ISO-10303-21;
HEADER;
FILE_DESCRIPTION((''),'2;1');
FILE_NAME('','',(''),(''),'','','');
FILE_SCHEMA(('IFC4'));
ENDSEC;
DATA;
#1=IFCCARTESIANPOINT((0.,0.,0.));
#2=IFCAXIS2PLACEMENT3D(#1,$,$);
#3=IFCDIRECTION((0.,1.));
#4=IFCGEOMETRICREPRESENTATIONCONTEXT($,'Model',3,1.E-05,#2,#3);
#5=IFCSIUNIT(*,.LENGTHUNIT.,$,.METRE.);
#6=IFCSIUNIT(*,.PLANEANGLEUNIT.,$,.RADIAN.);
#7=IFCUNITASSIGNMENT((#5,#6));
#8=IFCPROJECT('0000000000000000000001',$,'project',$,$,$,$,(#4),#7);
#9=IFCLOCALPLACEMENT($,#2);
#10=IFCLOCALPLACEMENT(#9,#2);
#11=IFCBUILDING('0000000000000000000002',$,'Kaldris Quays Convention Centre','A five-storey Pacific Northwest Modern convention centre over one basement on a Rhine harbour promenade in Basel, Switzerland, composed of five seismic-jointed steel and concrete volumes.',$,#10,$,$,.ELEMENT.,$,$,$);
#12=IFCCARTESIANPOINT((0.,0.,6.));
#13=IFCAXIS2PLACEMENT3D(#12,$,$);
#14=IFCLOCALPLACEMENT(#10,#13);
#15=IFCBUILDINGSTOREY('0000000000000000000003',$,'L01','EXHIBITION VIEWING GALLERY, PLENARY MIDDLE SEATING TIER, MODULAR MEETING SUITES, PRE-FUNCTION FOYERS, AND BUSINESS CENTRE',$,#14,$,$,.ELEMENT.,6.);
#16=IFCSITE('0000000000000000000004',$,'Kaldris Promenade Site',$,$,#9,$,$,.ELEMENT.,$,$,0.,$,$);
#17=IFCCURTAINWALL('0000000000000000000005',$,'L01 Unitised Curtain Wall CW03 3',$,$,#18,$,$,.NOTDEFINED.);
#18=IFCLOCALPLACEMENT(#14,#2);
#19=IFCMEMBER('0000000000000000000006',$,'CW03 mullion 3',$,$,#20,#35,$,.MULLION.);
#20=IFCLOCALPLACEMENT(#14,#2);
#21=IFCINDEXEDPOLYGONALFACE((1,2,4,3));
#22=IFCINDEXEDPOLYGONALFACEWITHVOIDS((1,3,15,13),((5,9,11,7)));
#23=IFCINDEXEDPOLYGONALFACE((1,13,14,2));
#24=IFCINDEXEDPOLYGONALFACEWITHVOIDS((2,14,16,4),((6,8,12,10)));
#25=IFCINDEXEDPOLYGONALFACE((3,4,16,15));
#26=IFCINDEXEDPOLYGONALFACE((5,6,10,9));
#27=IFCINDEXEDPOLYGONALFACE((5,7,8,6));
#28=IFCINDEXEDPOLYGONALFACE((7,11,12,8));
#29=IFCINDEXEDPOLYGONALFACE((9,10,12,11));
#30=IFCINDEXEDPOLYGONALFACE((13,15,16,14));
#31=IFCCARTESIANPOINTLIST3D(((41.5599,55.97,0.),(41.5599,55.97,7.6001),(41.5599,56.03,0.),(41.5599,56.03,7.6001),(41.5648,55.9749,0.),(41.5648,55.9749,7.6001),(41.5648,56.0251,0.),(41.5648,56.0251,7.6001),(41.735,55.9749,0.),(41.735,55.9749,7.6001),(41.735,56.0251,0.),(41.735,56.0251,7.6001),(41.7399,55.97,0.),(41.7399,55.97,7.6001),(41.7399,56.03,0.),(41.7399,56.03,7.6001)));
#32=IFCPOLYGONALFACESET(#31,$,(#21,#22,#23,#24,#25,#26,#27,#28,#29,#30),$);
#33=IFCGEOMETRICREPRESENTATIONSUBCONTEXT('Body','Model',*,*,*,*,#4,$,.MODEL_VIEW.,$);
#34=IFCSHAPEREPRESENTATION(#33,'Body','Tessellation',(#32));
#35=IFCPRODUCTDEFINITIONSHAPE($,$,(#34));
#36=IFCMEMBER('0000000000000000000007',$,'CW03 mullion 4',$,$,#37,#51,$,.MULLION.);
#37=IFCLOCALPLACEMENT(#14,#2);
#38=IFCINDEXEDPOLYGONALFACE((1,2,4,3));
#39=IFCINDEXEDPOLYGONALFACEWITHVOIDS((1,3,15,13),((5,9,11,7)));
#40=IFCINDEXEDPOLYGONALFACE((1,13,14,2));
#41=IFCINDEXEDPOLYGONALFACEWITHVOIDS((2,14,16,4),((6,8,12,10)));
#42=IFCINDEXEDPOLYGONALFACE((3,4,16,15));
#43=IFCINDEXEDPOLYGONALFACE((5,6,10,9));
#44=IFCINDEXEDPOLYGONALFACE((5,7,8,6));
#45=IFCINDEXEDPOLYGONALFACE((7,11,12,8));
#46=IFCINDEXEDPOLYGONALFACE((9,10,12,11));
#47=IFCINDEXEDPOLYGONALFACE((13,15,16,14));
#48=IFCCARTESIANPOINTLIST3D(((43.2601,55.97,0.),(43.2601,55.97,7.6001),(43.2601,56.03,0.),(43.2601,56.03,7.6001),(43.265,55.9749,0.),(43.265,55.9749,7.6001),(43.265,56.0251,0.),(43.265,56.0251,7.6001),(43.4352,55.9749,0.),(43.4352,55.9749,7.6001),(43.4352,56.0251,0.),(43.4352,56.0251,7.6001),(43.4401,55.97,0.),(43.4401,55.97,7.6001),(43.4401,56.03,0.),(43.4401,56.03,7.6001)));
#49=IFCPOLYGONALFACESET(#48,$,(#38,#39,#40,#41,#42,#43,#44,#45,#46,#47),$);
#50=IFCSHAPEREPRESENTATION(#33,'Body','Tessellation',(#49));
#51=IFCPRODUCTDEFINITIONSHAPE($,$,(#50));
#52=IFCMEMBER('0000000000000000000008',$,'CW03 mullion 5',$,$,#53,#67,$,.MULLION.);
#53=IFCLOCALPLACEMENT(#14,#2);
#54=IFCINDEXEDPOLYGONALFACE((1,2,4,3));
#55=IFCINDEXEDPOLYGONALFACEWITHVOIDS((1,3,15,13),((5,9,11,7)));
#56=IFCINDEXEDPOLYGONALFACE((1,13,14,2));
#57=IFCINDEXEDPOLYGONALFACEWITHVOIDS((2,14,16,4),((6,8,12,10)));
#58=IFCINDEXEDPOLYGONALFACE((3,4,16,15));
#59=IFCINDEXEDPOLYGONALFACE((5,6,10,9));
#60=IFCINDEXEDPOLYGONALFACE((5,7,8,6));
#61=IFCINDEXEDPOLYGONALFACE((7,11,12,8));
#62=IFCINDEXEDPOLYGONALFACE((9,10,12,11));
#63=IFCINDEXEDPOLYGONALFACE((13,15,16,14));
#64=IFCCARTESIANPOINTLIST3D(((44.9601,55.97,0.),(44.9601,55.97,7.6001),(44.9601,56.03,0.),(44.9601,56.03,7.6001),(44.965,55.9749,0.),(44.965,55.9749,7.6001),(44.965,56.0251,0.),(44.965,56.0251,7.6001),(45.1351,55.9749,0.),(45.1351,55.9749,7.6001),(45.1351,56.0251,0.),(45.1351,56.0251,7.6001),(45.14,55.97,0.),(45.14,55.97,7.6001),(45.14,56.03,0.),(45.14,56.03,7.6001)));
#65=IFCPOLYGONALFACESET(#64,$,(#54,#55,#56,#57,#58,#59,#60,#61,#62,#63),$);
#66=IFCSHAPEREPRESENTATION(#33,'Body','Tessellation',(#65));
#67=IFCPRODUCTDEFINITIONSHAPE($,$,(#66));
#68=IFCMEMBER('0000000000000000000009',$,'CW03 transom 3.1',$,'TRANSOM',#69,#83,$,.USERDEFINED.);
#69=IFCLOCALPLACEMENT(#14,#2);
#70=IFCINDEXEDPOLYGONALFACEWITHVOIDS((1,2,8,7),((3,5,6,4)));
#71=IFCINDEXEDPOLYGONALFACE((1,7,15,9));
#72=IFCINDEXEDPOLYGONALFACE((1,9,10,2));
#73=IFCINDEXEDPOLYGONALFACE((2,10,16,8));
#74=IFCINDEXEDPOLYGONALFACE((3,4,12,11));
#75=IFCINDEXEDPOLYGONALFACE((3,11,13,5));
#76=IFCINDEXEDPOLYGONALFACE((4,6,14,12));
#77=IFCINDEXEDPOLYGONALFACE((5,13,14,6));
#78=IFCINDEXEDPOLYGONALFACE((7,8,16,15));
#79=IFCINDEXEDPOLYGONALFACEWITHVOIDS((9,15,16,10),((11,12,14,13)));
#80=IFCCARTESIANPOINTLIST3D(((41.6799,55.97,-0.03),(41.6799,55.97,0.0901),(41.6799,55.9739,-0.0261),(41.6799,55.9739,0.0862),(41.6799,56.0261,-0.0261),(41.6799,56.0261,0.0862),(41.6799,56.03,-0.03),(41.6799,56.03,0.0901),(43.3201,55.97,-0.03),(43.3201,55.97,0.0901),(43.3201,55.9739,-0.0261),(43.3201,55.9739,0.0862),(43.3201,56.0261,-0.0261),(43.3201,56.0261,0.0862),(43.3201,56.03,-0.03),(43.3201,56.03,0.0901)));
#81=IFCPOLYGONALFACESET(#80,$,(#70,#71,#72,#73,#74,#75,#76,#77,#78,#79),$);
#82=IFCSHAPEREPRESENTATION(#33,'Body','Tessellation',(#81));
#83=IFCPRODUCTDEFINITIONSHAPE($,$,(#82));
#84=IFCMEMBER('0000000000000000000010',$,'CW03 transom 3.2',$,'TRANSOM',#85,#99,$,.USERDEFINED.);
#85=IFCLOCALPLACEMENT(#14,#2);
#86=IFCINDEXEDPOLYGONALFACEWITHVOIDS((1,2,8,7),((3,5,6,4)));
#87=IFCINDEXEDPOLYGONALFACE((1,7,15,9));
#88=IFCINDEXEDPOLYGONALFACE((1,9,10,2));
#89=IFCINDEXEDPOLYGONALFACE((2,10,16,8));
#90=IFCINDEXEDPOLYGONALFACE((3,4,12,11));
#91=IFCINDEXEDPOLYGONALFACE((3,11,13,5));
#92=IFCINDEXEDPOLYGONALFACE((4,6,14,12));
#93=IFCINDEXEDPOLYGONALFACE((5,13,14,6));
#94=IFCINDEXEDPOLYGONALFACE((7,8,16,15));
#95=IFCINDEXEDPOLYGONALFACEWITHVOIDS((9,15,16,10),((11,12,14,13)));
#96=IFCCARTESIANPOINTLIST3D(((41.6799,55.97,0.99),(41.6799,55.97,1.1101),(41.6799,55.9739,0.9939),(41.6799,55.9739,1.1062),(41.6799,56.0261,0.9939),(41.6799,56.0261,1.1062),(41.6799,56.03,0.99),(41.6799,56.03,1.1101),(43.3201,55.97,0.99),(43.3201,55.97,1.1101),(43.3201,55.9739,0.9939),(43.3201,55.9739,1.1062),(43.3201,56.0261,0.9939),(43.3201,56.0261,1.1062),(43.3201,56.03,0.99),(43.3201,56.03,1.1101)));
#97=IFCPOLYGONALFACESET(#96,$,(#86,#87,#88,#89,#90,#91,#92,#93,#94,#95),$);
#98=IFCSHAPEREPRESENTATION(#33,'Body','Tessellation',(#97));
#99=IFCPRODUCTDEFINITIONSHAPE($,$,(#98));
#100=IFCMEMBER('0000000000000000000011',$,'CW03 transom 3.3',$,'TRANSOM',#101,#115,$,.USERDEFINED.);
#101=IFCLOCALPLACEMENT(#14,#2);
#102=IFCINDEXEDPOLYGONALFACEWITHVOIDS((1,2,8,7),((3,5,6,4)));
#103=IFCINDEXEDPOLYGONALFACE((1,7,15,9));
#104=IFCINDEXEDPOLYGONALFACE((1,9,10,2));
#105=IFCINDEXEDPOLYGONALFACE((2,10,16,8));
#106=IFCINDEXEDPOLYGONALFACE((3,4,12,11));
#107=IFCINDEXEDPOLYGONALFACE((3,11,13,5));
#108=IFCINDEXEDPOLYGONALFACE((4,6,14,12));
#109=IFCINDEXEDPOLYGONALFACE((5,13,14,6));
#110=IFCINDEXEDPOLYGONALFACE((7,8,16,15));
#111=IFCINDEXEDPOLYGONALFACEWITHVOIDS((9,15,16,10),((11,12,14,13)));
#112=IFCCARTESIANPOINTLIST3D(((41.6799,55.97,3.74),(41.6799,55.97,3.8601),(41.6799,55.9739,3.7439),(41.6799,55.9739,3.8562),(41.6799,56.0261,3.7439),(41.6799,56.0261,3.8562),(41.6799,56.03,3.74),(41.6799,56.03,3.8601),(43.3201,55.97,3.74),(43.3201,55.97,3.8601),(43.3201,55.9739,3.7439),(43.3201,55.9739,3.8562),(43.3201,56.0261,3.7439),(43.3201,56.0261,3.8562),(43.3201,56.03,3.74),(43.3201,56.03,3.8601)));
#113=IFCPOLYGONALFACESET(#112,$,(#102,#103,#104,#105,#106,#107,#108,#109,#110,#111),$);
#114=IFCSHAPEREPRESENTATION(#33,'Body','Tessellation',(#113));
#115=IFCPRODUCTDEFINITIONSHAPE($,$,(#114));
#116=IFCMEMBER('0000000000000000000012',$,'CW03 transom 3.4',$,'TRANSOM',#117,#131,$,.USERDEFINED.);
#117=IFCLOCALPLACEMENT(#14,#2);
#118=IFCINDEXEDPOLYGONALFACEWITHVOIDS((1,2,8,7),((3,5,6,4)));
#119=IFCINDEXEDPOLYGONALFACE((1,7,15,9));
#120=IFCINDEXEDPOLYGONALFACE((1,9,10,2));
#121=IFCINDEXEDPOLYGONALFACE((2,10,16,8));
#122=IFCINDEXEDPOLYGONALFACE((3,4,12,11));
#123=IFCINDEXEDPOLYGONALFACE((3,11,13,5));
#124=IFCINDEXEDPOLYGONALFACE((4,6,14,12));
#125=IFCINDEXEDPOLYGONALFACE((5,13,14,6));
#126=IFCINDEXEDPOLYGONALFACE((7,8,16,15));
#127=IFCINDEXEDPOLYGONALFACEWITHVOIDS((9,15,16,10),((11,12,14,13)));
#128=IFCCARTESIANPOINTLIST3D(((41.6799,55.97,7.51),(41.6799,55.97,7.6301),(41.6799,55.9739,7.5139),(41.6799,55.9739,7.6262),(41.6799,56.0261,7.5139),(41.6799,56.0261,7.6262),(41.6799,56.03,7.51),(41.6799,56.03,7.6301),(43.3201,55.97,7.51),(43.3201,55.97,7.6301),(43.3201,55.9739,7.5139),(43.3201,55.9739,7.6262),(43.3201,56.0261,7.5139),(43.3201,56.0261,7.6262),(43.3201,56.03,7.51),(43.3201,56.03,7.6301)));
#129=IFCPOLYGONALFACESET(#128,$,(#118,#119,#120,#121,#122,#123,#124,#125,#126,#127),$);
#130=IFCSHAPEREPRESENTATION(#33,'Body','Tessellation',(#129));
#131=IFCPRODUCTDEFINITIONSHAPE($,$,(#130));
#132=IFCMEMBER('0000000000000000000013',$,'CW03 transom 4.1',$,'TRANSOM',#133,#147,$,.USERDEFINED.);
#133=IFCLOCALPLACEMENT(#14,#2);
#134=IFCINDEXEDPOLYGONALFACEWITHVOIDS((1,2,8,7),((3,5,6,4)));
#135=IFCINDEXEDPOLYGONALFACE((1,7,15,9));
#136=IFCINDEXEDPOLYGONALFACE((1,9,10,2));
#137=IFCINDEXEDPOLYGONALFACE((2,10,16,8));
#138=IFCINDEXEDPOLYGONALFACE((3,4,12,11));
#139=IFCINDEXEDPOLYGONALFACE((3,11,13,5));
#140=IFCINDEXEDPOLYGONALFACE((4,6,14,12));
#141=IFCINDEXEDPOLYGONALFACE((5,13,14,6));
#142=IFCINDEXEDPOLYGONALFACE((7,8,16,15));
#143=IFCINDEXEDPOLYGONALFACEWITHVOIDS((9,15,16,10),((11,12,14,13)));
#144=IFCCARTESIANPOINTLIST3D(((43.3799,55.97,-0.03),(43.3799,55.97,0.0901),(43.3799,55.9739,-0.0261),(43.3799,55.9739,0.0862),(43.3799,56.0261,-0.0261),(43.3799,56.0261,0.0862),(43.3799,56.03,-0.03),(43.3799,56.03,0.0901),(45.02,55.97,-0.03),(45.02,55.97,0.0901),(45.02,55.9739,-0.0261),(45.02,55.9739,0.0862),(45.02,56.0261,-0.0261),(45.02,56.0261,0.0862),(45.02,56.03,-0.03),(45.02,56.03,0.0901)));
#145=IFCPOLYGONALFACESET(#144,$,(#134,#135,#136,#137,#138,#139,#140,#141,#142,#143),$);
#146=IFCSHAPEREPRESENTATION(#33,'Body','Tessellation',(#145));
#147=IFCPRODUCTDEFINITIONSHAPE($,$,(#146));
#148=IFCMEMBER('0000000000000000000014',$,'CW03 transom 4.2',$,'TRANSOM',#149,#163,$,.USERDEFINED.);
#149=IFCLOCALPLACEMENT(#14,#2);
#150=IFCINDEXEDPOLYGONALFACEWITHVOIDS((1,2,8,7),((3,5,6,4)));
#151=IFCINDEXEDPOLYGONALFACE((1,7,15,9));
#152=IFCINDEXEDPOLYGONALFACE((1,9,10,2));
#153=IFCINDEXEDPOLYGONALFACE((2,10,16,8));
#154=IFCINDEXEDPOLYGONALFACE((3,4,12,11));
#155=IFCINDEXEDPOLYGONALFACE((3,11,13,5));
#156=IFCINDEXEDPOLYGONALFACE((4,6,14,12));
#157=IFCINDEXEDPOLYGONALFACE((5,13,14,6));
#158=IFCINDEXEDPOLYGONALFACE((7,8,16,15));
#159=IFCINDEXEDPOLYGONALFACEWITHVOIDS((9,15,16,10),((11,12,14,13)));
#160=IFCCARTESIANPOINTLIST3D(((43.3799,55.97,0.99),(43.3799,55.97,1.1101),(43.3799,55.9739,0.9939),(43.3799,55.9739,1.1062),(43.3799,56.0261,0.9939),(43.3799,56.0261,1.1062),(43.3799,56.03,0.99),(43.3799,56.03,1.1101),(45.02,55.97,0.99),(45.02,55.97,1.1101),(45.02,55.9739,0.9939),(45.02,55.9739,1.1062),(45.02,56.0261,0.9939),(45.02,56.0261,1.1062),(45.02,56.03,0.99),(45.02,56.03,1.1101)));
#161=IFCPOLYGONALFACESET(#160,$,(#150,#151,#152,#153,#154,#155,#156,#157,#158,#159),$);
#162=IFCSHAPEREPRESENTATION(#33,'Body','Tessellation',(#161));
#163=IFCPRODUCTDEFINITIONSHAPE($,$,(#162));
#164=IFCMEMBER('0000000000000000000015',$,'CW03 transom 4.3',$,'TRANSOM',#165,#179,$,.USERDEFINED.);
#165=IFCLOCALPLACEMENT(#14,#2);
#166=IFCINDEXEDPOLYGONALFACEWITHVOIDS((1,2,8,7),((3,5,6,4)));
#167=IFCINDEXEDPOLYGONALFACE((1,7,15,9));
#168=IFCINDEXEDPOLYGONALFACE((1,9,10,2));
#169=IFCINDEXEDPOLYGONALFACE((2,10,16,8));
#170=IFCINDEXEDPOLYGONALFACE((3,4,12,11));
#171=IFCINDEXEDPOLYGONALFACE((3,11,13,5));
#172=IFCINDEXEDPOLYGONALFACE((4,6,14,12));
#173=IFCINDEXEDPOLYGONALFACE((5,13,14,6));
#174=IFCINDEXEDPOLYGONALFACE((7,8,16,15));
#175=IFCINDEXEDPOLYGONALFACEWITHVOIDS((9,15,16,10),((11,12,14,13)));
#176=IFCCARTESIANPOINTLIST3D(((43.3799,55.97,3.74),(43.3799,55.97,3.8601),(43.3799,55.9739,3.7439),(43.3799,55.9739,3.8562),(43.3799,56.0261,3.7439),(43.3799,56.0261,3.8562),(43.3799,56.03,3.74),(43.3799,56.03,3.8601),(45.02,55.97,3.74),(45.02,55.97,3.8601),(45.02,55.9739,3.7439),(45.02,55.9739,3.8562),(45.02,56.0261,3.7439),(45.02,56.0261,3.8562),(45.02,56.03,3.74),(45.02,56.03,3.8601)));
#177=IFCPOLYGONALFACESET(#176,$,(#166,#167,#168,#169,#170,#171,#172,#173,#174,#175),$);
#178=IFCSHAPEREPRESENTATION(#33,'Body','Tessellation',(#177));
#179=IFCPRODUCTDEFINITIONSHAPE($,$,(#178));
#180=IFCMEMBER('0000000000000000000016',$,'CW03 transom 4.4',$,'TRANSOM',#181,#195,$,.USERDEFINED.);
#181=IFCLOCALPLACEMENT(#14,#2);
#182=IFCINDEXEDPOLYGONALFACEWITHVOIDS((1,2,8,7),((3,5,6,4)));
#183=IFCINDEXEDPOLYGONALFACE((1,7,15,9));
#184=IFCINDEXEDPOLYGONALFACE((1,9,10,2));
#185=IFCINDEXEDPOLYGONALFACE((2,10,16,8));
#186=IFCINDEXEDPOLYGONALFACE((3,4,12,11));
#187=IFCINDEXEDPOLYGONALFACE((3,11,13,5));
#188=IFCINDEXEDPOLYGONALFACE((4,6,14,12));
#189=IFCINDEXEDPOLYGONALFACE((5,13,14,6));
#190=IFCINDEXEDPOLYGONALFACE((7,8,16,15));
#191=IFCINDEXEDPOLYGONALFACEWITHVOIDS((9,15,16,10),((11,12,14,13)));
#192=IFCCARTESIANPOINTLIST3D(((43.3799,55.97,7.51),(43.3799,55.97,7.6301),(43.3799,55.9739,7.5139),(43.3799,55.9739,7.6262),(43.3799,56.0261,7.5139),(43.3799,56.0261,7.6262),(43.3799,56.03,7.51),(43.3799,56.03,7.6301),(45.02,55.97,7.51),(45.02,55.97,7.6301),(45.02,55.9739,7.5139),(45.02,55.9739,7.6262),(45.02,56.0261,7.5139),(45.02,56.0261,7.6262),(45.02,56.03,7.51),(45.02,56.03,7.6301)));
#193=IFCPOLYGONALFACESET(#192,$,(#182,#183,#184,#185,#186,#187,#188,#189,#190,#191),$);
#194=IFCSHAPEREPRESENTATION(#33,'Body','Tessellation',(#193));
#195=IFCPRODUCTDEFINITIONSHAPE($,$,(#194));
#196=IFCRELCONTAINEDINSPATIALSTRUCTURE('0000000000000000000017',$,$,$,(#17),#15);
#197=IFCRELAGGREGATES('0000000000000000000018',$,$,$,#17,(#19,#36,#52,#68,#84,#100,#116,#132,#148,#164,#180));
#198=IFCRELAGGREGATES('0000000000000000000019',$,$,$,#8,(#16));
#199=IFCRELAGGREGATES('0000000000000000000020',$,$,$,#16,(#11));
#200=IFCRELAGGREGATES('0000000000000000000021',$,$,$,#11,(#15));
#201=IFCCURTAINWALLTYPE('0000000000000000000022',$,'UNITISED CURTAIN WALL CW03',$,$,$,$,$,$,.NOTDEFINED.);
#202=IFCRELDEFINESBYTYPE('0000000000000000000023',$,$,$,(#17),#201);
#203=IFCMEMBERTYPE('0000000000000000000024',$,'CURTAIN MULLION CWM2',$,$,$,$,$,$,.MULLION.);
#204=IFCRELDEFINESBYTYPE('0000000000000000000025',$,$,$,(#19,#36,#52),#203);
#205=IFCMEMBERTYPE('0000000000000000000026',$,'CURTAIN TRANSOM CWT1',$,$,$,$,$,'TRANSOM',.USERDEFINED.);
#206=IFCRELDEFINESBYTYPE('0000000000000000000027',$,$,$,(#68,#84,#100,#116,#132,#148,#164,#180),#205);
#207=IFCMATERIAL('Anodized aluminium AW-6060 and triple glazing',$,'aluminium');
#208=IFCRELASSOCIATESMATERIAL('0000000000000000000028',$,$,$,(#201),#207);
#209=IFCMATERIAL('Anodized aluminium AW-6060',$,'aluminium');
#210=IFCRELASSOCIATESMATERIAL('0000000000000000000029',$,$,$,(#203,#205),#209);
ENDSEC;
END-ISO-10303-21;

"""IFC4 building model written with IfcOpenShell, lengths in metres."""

from ifc_helpers import new_model, si_unit, direction, frame, origin, origin_2d, place, context, subcontext, project, spatial, hollow_rectangle, extrude, material, material_profile, profile_set, type_object, element, aggregate, save


model = new_model("IFC4")

# Units and contexts
model_context = context("Model", 3, precision=1e-05, world=origin(), true_north=direction((0.0, 1.0)))
body_context = subcontext(model_context, "Body", "Model", "MODEL_VIEW")
ifc_project = project(units=[si_unit("LENGTHUNIT", "METRE"), si_unit("PLANEANGLEUNIT", "RADIAN")], contexts=[model_context])

# Site, building, storey
site_placement = place(None, origin())
site = spatial("IfcSite", under=ifc_project, at=site_placement, Name="Kaldris Promenade Site", CompositionType="ELEMENT", RefElevation=0.0)
building_placement = place(site_placement, origin())
building = spatial("IfcBuilding", under=site, at=building_placement, Name="Kaldris Quays Convention Centre", Description="A five-storey Pacific Northwest Modern convention centre over one basement on a Rhine harbour promenade in Basel, Switzerland, composed of five seismic-jointed steel and concrete volumes.", CompositionType="ELEMENT")
storey_placement = place(building_placement, frame((0.0, 0.0, 6.0)))
storey = spatial("IfcBuildingStorey", under=building, at=storey_placement, Name="L01", Description="EXHIBITION VIEWING GALLERY, PLENARY MIDDLE SEATING TIER, MODULAR MEETING SUITES, PRE-FUNCTION FOYERS, AND BUSINESS CENTRE", CompositionType="ELEMENT", Elevation=6.0)

# Curtain wall, members
ifc_material_1 = material(Name="Anodized aluminium AW-6060 and triple glazing", Category="aluminium")
curtain_wall_type = type_object("IfcCurtainWallType", Name="UNITISED CURTAIN WALL CW03", PredefinedType="NOTDEFINED", material=ifc_material_1)
curtain_wall_placement = place(storey_placement, origin())
curtain_wall = element("IfcCurtainWall", 1, at=curtain_wall_placement, inside=storey, type_object=curtain_wall_type, Name="L01 Unitised Curtain Wall CW03 3", PredefinedType="NOTDEFINED")
ifc_material_2 = material(Name="Anodized aluminium AW-6060", Category="aluminium")
ifc_material_profile_1 = material_profile(ifc_material_2, hollow_rectangle(XDim=0.0601, YDim=0.1799, WallThickness=0.0049, at=origin_2d()), Name="RHS 180x60x5")
ifc_profile_set_1 = profile_set([ifc_material_profile_1], Name="Anodized aluminium AW-6060")
member_type_1 = type_object("IfcMemberType", Name="CURTAIN MULLION CWM2", PredefinedType="MULLION", material=ifc_profile_set_1)
member_1_placement = place(storey_placement, frame((41.6499, 56.0, 0.0), z_axis=(0.0, 0.0, 1.0), x_axis=(0.0, 1.0, 0.0)))
member_1 = element("IfcMember", 2, at=member_1_placement, type_object=member_type_1, Name="CW03 mullion 3", PredefinedType="MULLION", context=body_context, shape_type="SweptSolid", body=[
    extrude(hollow_rectangle(XDim=0.0601, YDim=0.1799, WallThickness=0.0049, at=origin_2d()), origin(), (0.0, 0.0, 1.0), 7.6001),
])
member_2_placement = place(storey_placement, frame((43.3501, 56.0, 0.0), z_axis=(0.0, 0.0, 1.0), x_axis=(0.0, 1.0, 0.0)))
member_2 = element("IfcMember", 3, at=member_2_placement, type_object=member_type_1, Name="CW03 mullion 4", PredefinedType="MULLION", context=body_context, shape_type="SweptSolid", body=[
    extrude(hollow_rectangle(XDim=0.0601, YDim=0.1799, WallThickness=0.0049, at=origin_2d()), origin(), (0.0, 0.0, 1.0), 7.6001),
])
member_3_placement = place(storey_placement, frame((45.05, 56.0, 0.0), z_axis=(0.0, 0.0, 1.0), x_axis=(0.0, 1.0, 0.0)))
member_3 = element("IfcMember", 4, at=member_3_placement, type_object=member_type_1, Name="CW03 mullion 5", PredefinedType="MULLION", context=body_context, shape_type="SweptSolid", body=[
    extrude(hollow_rectangle(XDim=0.0601, YDim=0.1799, WallThickness=0.0049, at=origin_2d()), origin(), (0.0, 0.0, 1.0), 7.6001),
])
ifc_material_profile_2 = material_profile(ifc_material_2, hollow_rectangle(XDim=0.0601, YDim=0.1201, WallThickness=0.0039, at=origin_2d()), Name="RHS 120x60x4")
ifc_profile_set_2 = profile_set([ifc_material_profile_2], Name="Anodized aluminium AW-6060")
member_type_2 = type_object("IfcMemberType", Name="CURTAIN TRANSOM CWT1", ElementType="TRANSOM", PredefinedType="USERDEFINED", material=ifc_profile_set_2)
member_4_placement = place(storey_placement, frame((41.6799, 56.0, 0.03), z_axis=(1.0, 0.0, 0.0), x_axis=(0.0, 1.0, 0.0)))
member_4 = element("IfcMember", 5, at=member_4_placement, type_object=member_type_2, Name="CW03 transom 3.1", ObjectType="TRANSOM", PredefinedType="USERDEFINED", context=body_context, shape_type="SweptSolid", body=[
    extrude(hollow_rectangle(XDim=0.0601, YDim=0.1201, WallThickness=0.0039, at=origin_2d()), origin(), (0.0, 0.0, 1.0), 1.6401),
])
member_5_placement = place(storey_placement, frame((41.6799, 56.0, 1.05), z_axis=(1.0, 0.0, 0.0), x_axis=(0.0, 1.0, 0.0)))
member_5 = element("IfcMember", 6, at=member_5_placement, type_object=member_type_2, Name="CW03 transom 3.2", ObjectType="TRANSOM", PredefinedType="USERDEFINED", context=body_context, shape_type="SweptSolid", body=[
    extrude(hollow_rectangle(XDim=0.0601, YDim=0.1201, WallThickness=0.0039, at=origin_2d()), origin(), (0.0, 0.0, 1.0), 1.6401),
])
member_6_placement = place(storey_placement, frame((41.6799, 56.0, 3.8), z_axis=(1.0, 0.0, 0.0), x_axis=(0.0, 1.0, 0.0)))
member_6 = element("IfcMember", 7, at=member_6_placement, type_object=member_type_2, Name="CW03 transom 3.3", ObjectType="TRANSOM", PredefinedType="USERDEFINED", context=body_context, shape_type="SweptSolid", body=[
    extrude(hollow_rectangle(XDim=0.0601, YDim=0.1201, WallThickness=0.0039, at=origin_2d()), origin(), (0.0, 0.0, 1.0), 1.6401),
])
member_7_placement = place(storey_placement, frame((41.6799, 56.0, 7.5701), z_axis=(1.0, 0.0, 0.0), x_axis=(0.0, 1.0, 0.0)))
member_7 = element("IfcMember", 8, at=member_7_placement, type_object=member_type_2, Name="CW03 transom 3.4", ObjectType="TRANSOM", PredefinedType="USERDEFINED", context=body_context, shape_type="SweptSolid", body=[
    extrude(hollow_rectangle(XDim=0.0601, YDim=0.1201, WallThickness=0.0039, at=origin_2d()), origin(), (0.0, 0.0, 1.0), 1.6401),
])
member_8_placement = place(storey_placement, frame((43.3799, 56.0, 0.03), z_axis=(1.0, 0.0, 0.0), x_axis=(0.0, 1.0, 0.0)))
member_8 = element("IfcMember", 9, at=member_8_placement, type_object=member_type_2, Name="CW03 transom 4.1", ObjectType="TRANSOM", PredefinedType="USERDEFINED", context=body_context, shape_type="SweptSolid", body=[
    extrude(hollow_rectangle(XDim=0.0601, YDim=0.1201, WallThickness=0.0039, at=origin_2d()), origin(), (0.0, 0.0, 1.0), 1.6401),
])
member_9_placement = place(storey_placement, frame((43.3799, 56.0, 1.05), z_axis=(1.0, 0.0, 0.0), x_axis=(0.0, 1.0, 0.0)))
member_9 = element("IfcMember", 10, at=member_9_placement, type_object=member_type_2, Name="CW03 transom 4.2", ObjectType="TRANSOM", PredefinedType="USERDEFINED", context=body_context, shape_type="SweptSolid", body=[
    extrude(hollow_rectangle(XDim=0.0601, YDim=0.1201, WallThickness=0.0039, at=origin_2d()), origin(), (0.0, 0.0, 1.0), 1.6401),
])
member_10_placement = place(storey_placement, frame((43.3799, 56.0, 3.8), z_axis=(1.0, 0.0, 0.0), x_axis=(0.0, 1.0, 0.0)))
member_10 = element("IfcMember", 11, at=member_10_placement, type_object=member_type_2, Name="CW03 transom 4.3", ObjectType="TRANSOM", PredefinedType="USERDEFINED", context=body_context, shape_type="SweptSolid", body=[
    extrude(hollow_rectangle(XDim=0.0601, YDim=0.1201, WallThickness=0.0039, at=origin_2d()), origin(), (0.0, 0.0, 1.0), 1.6401),
])
member_11_placement = place(storey_placement, frame((43.3799, 56.0, 7.5701), z_axis=(1.0, 0.0, 0.0), x_axis=(0.0, 1.0, 0.0)))
member_11 = element("IfcMember", 12, at=member_11_placement, type_object=member_type_2, Name="CW03 transom 4.4", ObjectType="TRANSOM", PredefinedType="USERDEFINED", context=body_context, shape_type="SweptSolid", body=[
    extrude(hollow_rectangle(XDim=0.0601, YDim=0.1201, WallThickness=0.0039, at=origin_2d()), origin(), (0.0, 0.0, 1.0), 1.6401),
])
aggregate(curtain_wall, [member_1, member_2, member_3, member_4, member_5, member_6, member_7, member_8, member_9, member_10, member_11])

save(model, "model.ifc")
